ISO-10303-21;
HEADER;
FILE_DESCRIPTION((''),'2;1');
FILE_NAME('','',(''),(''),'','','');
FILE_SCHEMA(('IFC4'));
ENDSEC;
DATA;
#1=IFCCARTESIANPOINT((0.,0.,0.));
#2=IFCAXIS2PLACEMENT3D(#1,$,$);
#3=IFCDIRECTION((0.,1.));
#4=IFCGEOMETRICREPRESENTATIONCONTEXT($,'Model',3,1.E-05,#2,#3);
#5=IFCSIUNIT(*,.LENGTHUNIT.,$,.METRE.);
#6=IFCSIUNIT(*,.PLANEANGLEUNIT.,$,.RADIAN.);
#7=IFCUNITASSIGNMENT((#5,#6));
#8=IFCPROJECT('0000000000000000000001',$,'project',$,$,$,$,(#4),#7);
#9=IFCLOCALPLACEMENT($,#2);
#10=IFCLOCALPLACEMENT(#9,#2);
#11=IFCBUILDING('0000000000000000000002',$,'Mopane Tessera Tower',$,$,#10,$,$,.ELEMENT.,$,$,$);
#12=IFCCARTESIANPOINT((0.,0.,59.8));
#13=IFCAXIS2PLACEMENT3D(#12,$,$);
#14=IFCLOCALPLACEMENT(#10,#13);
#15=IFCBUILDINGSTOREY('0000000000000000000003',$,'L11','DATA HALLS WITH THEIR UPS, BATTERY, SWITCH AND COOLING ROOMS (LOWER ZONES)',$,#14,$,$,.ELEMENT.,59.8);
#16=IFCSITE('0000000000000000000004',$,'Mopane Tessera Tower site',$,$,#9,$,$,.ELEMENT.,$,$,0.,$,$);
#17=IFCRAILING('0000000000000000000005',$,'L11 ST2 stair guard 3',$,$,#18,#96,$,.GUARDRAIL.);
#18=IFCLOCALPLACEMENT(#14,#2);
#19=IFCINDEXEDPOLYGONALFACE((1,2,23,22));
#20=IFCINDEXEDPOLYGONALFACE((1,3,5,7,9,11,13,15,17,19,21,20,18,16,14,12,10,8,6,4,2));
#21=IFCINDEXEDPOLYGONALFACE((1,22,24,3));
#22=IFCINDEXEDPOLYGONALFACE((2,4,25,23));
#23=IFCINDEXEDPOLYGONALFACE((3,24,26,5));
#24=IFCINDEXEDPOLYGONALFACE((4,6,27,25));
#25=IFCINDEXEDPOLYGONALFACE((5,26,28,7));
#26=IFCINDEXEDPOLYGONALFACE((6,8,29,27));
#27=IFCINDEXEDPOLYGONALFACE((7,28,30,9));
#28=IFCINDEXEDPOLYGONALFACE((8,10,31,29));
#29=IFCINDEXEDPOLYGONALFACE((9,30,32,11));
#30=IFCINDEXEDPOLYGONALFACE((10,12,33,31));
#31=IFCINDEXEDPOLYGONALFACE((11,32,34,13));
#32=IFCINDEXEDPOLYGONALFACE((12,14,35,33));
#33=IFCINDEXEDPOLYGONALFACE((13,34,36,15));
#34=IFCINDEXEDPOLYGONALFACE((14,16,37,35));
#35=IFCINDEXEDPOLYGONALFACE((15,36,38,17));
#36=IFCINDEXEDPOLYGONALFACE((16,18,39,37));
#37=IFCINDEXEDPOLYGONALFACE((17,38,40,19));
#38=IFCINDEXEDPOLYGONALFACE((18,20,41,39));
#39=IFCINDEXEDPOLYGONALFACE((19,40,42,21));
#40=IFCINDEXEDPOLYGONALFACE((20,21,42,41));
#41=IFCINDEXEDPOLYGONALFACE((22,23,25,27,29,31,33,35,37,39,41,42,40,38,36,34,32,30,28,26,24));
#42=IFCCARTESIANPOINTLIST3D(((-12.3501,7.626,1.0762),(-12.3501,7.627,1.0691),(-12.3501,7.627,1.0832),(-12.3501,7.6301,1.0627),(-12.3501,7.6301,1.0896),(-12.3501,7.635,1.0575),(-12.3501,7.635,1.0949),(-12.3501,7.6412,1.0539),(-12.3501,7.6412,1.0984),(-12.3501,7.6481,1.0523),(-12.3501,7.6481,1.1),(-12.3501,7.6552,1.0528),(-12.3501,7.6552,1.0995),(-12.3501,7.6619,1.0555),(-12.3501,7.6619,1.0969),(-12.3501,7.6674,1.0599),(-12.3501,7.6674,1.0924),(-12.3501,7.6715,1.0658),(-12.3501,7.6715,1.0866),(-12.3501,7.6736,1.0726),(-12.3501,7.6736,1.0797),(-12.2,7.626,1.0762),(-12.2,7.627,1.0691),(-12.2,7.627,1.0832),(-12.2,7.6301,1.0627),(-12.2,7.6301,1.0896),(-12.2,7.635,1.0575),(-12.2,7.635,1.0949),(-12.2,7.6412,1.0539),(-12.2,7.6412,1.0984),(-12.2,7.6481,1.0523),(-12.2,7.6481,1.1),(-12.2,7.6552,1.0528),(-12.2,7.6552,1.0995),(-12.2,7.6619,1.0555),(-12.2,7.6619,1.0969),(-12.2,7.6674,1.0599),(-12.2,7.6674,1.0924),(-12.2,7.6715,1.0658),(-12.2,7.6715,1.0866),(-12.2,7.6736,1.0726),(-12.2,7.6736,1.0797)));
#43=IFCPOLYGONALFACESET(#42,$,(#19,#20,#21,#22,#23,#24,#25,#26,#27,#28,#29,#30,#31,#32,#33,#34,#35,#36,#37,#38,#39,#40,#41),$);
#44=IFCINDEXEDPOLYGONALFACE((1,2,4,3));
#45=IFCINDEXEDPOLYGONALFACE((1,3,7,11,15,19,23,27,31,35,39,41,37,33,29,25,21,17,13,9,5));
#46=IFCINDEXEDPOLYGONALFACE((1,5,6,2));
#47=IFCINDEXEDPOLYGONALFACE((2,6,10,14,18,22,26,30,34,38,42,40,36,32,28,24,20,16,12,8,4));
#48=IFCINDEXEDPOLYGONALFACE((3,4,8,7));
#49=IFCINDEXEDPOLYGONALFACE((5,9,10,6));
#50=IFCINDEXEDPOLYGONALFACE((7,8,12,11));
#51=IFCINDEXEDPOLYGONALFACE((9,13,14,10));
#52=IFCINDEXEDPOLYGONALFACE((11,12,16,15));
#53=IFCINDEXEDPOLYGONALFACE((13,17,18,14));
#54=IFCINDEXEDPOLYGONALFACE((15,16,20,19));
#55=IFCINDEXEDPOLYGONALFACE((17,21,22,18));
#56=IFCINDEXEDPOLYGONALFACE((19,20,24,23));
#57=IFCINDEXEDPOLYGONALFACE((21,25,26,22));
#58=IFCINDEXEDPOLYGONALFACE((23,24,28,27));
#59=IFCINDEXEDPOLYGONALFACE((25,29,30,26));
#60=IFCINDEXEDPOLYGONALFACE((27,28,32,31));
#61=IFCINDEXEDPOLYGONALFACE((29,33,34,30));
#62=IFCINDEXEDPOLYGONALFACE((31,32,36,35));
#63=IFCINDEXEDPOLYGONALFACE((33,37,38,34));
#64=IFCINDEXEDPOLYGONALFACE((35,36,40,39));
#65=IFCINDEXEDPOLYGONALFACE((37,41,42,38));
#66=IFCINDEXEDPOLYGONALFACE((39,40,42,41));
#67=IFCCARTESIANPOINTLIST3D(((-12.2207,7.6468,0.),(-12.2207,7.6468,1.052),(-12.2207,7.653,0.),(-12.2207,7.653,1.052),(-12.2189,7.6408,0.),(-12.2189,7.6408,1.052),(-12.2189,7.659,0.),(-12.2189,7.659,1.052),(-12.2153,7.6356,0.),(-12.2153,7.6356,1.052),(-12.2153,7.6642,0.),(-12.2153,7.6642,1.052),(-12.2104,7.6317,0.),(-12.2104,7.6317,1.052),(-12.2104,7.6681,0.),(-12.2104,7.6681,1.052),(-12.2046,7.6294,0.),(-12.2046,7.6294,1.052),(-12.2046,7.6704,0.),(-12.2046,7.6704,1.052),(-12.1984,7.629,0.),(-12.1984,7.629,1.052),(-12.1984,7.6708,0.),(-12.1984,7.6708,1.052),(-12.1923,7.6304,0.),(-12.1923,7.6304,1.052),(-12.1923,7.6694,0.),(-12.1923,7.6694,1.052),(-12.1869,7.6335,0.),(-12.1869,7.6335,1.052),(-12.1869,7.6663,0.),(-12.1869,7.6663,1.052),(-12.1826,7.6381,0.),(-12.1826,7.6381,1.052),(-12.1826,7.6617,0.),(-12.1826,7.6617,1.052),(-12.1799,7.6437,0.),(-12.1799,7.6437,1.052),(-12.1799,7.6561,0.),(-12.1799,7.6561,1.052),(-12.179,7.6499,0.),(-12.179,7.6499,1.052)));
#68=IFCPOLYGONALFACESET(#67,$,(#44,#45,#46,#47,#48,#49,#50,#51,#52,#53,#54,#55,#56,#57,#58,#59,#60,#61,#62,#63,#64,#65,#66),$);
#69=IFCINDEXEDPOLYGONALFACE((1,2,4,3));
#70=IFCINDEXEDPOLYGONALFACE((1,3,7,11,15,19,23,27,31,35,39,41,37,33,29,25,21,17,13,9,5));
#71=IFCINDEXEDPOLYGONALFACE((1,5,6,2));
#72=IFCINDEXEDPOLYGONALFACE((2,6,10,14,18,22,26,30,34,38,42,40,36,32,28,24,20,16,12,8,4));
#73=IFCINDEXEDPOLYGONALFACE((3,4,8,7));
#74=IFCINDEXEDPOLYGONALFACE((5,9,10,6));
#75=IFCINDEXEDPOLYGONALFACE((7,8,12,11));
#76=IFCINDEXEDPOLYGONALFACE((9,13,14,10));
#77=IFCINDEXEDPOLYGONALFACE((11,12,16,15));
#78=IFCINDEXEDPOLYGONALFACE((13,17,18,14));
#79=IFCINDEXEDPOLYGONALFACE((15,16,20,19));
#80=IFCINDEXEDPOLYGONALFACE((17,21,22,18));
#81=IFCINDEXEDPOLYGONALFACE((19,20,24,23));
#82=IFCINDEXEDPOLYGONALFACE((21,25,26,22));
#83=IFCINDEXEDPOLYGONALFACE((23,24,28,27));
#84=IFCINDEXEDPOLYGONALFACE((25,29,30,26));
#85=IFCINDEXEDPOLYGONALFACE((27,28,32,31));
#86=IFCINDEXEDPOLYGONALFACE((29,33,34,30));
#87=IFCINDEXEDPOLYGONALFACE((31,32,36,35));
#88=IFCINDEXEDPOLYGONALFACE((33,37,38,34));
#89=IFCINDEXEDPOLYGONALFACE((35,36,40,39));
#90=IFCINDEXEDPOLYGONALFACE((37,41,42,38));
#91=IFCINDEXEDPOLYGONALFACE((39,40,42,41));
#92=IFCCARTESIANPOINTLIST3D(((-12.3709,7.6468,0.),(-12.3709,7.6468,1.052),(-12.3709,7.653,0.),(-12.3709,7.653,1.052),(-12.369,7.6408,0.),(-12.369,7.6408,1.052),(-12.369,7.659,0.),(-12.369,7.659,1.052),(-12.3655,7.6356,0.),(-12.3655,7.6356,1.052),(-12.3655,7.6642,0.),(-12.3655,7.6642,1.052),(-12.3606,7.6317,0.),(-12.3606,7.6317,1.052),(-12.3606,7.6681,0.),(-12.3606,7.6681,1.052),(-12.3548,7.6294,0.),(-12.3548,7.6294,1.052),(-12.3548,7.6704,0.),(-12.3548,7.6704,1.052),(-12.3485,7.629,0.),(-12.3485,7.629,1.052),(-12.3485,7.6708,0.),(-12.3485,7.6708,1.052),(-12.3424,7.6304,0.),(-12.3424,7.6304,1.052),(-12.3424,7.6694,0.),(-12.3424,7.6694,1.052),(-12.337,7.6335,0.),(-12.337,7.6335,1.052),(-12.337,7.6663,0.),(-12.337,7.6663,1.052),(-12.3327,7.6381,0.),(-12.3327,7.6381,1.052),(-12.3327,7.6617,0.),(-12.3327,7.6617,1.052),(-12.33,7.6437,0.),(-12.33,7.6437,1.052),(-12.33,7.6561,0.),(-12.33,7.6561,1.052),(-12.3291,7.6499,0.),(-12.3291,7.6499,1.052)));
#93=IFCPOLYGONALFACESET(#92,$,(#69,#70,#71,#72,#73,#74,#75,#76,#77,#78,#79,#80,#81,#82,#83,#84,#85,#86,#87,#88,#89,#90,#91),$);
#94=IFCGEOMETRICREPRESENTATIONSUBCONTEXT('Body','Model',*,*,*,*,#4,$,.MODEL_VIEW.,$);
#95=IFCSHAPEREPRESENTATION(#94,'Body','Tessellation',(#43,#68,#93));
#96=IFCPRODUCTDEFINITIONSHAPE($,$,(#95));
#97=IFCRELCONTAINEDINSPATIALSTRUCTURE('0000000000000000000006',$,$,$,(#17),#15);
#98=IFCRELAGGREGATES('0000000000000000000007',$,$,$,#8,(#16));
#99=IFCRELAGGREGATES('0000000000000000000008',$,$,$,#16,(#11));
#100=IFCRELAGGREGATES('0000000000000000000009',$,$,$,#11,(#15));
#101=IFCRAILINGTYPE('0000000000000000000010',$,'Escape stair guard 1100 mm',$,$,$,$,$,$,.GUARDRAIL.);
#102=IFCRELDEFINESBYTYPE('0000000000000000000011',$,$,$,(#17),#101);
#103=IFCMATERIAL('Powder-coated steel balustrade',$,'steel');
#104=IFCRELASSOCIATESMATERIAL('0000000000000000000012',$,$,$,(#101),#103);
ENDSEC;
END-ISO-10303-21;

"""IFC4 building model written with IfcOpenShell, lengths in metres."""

from ifc_helpers import new_model, si_unit, direction, frame, origin, origin_2d, place, context, subcontext, project, spatial, circle, extrude, material, type_object, element, save


model = new_model("IFC4")

# Units and contexts
model_context = context("Model", 3, precision=1e-05, world=origin(), true_north=direction((0.0, 1.0)))
body_context = subcontext(model_context, "Body", "Model", "MODEL_VIEW")
ifc_project = project(units=[si_unit("LENGTHUNIT", "METRE"), si_unit("PLANEANGLEUNIT", "RADIAN")], contexts=[model_context])

# Site, building, storey
site_placement = place(None, origin())
site = spatial("IfcSite", under=ifc_project, at=site_placement, Name="Mopane Tessera Tower site", CompositionType="ELEMENT", RefElevation=0.0)
building_placement = place(site_placement, origin())
building = spatial("IfcBuilding", under=site, at=building_placement, Name="Mopane Tessera Tower", CompositionType="ELEMENT")
storey_placement = place(building_placement, frame((0.0, 0.0, 59.8)))
storey = spatial("IfcBuildingStorey", under=building, at=storey_placement, Name="L11", Description="DATA HALLS WITH THEIR UPS, BATTERY, SWITCH AND COOLING ROOMS (LOWER ZONES)", CompositionType="ELEMENT", Elevation=59.8)

# Railing
ifc_material_1 = material(Name="Powder-coated steel balustrade", Category="steel")
railing_type = type_object("IfcRailingType", Name="Escape stair guard 1100 mm", PredefinedType="GUARDRAIL", material=ifc_material_1)
railing_1_placement = place(storey_placement, frame((-12.2, 7.6499, 0.0)))
element("IfcRailing", 1, at=railing_1_placement, inside=storey, type_object=railing_type, Name="L11 ST2 stair guard 3", PredefinedType="GUARDRAIL", context=body_context, shape_type="SweptSolid", body=[
    extrude(circle(Radius=0.0239, at=origin_2d()), frame((0.0, 0.0, 1.0762), z_axis=(-1.0, 0.0, 0.0), x_axis=(0.0, -1.0, 0.0)), (0.0, 0.0, 1.0), 0.1501),
    extrude(circle(Radius=0.021, at=origin_2d()), origin(), (0.0, 0.0, 1.0), 1.052),
    extrude(circle(Radius=0.021, at=origin_2d()), frame((-0.1501, 0.0, 0.0)), (0.0, 0.0, 1.0), 1.052),
])

save(model, "model.ifc")
